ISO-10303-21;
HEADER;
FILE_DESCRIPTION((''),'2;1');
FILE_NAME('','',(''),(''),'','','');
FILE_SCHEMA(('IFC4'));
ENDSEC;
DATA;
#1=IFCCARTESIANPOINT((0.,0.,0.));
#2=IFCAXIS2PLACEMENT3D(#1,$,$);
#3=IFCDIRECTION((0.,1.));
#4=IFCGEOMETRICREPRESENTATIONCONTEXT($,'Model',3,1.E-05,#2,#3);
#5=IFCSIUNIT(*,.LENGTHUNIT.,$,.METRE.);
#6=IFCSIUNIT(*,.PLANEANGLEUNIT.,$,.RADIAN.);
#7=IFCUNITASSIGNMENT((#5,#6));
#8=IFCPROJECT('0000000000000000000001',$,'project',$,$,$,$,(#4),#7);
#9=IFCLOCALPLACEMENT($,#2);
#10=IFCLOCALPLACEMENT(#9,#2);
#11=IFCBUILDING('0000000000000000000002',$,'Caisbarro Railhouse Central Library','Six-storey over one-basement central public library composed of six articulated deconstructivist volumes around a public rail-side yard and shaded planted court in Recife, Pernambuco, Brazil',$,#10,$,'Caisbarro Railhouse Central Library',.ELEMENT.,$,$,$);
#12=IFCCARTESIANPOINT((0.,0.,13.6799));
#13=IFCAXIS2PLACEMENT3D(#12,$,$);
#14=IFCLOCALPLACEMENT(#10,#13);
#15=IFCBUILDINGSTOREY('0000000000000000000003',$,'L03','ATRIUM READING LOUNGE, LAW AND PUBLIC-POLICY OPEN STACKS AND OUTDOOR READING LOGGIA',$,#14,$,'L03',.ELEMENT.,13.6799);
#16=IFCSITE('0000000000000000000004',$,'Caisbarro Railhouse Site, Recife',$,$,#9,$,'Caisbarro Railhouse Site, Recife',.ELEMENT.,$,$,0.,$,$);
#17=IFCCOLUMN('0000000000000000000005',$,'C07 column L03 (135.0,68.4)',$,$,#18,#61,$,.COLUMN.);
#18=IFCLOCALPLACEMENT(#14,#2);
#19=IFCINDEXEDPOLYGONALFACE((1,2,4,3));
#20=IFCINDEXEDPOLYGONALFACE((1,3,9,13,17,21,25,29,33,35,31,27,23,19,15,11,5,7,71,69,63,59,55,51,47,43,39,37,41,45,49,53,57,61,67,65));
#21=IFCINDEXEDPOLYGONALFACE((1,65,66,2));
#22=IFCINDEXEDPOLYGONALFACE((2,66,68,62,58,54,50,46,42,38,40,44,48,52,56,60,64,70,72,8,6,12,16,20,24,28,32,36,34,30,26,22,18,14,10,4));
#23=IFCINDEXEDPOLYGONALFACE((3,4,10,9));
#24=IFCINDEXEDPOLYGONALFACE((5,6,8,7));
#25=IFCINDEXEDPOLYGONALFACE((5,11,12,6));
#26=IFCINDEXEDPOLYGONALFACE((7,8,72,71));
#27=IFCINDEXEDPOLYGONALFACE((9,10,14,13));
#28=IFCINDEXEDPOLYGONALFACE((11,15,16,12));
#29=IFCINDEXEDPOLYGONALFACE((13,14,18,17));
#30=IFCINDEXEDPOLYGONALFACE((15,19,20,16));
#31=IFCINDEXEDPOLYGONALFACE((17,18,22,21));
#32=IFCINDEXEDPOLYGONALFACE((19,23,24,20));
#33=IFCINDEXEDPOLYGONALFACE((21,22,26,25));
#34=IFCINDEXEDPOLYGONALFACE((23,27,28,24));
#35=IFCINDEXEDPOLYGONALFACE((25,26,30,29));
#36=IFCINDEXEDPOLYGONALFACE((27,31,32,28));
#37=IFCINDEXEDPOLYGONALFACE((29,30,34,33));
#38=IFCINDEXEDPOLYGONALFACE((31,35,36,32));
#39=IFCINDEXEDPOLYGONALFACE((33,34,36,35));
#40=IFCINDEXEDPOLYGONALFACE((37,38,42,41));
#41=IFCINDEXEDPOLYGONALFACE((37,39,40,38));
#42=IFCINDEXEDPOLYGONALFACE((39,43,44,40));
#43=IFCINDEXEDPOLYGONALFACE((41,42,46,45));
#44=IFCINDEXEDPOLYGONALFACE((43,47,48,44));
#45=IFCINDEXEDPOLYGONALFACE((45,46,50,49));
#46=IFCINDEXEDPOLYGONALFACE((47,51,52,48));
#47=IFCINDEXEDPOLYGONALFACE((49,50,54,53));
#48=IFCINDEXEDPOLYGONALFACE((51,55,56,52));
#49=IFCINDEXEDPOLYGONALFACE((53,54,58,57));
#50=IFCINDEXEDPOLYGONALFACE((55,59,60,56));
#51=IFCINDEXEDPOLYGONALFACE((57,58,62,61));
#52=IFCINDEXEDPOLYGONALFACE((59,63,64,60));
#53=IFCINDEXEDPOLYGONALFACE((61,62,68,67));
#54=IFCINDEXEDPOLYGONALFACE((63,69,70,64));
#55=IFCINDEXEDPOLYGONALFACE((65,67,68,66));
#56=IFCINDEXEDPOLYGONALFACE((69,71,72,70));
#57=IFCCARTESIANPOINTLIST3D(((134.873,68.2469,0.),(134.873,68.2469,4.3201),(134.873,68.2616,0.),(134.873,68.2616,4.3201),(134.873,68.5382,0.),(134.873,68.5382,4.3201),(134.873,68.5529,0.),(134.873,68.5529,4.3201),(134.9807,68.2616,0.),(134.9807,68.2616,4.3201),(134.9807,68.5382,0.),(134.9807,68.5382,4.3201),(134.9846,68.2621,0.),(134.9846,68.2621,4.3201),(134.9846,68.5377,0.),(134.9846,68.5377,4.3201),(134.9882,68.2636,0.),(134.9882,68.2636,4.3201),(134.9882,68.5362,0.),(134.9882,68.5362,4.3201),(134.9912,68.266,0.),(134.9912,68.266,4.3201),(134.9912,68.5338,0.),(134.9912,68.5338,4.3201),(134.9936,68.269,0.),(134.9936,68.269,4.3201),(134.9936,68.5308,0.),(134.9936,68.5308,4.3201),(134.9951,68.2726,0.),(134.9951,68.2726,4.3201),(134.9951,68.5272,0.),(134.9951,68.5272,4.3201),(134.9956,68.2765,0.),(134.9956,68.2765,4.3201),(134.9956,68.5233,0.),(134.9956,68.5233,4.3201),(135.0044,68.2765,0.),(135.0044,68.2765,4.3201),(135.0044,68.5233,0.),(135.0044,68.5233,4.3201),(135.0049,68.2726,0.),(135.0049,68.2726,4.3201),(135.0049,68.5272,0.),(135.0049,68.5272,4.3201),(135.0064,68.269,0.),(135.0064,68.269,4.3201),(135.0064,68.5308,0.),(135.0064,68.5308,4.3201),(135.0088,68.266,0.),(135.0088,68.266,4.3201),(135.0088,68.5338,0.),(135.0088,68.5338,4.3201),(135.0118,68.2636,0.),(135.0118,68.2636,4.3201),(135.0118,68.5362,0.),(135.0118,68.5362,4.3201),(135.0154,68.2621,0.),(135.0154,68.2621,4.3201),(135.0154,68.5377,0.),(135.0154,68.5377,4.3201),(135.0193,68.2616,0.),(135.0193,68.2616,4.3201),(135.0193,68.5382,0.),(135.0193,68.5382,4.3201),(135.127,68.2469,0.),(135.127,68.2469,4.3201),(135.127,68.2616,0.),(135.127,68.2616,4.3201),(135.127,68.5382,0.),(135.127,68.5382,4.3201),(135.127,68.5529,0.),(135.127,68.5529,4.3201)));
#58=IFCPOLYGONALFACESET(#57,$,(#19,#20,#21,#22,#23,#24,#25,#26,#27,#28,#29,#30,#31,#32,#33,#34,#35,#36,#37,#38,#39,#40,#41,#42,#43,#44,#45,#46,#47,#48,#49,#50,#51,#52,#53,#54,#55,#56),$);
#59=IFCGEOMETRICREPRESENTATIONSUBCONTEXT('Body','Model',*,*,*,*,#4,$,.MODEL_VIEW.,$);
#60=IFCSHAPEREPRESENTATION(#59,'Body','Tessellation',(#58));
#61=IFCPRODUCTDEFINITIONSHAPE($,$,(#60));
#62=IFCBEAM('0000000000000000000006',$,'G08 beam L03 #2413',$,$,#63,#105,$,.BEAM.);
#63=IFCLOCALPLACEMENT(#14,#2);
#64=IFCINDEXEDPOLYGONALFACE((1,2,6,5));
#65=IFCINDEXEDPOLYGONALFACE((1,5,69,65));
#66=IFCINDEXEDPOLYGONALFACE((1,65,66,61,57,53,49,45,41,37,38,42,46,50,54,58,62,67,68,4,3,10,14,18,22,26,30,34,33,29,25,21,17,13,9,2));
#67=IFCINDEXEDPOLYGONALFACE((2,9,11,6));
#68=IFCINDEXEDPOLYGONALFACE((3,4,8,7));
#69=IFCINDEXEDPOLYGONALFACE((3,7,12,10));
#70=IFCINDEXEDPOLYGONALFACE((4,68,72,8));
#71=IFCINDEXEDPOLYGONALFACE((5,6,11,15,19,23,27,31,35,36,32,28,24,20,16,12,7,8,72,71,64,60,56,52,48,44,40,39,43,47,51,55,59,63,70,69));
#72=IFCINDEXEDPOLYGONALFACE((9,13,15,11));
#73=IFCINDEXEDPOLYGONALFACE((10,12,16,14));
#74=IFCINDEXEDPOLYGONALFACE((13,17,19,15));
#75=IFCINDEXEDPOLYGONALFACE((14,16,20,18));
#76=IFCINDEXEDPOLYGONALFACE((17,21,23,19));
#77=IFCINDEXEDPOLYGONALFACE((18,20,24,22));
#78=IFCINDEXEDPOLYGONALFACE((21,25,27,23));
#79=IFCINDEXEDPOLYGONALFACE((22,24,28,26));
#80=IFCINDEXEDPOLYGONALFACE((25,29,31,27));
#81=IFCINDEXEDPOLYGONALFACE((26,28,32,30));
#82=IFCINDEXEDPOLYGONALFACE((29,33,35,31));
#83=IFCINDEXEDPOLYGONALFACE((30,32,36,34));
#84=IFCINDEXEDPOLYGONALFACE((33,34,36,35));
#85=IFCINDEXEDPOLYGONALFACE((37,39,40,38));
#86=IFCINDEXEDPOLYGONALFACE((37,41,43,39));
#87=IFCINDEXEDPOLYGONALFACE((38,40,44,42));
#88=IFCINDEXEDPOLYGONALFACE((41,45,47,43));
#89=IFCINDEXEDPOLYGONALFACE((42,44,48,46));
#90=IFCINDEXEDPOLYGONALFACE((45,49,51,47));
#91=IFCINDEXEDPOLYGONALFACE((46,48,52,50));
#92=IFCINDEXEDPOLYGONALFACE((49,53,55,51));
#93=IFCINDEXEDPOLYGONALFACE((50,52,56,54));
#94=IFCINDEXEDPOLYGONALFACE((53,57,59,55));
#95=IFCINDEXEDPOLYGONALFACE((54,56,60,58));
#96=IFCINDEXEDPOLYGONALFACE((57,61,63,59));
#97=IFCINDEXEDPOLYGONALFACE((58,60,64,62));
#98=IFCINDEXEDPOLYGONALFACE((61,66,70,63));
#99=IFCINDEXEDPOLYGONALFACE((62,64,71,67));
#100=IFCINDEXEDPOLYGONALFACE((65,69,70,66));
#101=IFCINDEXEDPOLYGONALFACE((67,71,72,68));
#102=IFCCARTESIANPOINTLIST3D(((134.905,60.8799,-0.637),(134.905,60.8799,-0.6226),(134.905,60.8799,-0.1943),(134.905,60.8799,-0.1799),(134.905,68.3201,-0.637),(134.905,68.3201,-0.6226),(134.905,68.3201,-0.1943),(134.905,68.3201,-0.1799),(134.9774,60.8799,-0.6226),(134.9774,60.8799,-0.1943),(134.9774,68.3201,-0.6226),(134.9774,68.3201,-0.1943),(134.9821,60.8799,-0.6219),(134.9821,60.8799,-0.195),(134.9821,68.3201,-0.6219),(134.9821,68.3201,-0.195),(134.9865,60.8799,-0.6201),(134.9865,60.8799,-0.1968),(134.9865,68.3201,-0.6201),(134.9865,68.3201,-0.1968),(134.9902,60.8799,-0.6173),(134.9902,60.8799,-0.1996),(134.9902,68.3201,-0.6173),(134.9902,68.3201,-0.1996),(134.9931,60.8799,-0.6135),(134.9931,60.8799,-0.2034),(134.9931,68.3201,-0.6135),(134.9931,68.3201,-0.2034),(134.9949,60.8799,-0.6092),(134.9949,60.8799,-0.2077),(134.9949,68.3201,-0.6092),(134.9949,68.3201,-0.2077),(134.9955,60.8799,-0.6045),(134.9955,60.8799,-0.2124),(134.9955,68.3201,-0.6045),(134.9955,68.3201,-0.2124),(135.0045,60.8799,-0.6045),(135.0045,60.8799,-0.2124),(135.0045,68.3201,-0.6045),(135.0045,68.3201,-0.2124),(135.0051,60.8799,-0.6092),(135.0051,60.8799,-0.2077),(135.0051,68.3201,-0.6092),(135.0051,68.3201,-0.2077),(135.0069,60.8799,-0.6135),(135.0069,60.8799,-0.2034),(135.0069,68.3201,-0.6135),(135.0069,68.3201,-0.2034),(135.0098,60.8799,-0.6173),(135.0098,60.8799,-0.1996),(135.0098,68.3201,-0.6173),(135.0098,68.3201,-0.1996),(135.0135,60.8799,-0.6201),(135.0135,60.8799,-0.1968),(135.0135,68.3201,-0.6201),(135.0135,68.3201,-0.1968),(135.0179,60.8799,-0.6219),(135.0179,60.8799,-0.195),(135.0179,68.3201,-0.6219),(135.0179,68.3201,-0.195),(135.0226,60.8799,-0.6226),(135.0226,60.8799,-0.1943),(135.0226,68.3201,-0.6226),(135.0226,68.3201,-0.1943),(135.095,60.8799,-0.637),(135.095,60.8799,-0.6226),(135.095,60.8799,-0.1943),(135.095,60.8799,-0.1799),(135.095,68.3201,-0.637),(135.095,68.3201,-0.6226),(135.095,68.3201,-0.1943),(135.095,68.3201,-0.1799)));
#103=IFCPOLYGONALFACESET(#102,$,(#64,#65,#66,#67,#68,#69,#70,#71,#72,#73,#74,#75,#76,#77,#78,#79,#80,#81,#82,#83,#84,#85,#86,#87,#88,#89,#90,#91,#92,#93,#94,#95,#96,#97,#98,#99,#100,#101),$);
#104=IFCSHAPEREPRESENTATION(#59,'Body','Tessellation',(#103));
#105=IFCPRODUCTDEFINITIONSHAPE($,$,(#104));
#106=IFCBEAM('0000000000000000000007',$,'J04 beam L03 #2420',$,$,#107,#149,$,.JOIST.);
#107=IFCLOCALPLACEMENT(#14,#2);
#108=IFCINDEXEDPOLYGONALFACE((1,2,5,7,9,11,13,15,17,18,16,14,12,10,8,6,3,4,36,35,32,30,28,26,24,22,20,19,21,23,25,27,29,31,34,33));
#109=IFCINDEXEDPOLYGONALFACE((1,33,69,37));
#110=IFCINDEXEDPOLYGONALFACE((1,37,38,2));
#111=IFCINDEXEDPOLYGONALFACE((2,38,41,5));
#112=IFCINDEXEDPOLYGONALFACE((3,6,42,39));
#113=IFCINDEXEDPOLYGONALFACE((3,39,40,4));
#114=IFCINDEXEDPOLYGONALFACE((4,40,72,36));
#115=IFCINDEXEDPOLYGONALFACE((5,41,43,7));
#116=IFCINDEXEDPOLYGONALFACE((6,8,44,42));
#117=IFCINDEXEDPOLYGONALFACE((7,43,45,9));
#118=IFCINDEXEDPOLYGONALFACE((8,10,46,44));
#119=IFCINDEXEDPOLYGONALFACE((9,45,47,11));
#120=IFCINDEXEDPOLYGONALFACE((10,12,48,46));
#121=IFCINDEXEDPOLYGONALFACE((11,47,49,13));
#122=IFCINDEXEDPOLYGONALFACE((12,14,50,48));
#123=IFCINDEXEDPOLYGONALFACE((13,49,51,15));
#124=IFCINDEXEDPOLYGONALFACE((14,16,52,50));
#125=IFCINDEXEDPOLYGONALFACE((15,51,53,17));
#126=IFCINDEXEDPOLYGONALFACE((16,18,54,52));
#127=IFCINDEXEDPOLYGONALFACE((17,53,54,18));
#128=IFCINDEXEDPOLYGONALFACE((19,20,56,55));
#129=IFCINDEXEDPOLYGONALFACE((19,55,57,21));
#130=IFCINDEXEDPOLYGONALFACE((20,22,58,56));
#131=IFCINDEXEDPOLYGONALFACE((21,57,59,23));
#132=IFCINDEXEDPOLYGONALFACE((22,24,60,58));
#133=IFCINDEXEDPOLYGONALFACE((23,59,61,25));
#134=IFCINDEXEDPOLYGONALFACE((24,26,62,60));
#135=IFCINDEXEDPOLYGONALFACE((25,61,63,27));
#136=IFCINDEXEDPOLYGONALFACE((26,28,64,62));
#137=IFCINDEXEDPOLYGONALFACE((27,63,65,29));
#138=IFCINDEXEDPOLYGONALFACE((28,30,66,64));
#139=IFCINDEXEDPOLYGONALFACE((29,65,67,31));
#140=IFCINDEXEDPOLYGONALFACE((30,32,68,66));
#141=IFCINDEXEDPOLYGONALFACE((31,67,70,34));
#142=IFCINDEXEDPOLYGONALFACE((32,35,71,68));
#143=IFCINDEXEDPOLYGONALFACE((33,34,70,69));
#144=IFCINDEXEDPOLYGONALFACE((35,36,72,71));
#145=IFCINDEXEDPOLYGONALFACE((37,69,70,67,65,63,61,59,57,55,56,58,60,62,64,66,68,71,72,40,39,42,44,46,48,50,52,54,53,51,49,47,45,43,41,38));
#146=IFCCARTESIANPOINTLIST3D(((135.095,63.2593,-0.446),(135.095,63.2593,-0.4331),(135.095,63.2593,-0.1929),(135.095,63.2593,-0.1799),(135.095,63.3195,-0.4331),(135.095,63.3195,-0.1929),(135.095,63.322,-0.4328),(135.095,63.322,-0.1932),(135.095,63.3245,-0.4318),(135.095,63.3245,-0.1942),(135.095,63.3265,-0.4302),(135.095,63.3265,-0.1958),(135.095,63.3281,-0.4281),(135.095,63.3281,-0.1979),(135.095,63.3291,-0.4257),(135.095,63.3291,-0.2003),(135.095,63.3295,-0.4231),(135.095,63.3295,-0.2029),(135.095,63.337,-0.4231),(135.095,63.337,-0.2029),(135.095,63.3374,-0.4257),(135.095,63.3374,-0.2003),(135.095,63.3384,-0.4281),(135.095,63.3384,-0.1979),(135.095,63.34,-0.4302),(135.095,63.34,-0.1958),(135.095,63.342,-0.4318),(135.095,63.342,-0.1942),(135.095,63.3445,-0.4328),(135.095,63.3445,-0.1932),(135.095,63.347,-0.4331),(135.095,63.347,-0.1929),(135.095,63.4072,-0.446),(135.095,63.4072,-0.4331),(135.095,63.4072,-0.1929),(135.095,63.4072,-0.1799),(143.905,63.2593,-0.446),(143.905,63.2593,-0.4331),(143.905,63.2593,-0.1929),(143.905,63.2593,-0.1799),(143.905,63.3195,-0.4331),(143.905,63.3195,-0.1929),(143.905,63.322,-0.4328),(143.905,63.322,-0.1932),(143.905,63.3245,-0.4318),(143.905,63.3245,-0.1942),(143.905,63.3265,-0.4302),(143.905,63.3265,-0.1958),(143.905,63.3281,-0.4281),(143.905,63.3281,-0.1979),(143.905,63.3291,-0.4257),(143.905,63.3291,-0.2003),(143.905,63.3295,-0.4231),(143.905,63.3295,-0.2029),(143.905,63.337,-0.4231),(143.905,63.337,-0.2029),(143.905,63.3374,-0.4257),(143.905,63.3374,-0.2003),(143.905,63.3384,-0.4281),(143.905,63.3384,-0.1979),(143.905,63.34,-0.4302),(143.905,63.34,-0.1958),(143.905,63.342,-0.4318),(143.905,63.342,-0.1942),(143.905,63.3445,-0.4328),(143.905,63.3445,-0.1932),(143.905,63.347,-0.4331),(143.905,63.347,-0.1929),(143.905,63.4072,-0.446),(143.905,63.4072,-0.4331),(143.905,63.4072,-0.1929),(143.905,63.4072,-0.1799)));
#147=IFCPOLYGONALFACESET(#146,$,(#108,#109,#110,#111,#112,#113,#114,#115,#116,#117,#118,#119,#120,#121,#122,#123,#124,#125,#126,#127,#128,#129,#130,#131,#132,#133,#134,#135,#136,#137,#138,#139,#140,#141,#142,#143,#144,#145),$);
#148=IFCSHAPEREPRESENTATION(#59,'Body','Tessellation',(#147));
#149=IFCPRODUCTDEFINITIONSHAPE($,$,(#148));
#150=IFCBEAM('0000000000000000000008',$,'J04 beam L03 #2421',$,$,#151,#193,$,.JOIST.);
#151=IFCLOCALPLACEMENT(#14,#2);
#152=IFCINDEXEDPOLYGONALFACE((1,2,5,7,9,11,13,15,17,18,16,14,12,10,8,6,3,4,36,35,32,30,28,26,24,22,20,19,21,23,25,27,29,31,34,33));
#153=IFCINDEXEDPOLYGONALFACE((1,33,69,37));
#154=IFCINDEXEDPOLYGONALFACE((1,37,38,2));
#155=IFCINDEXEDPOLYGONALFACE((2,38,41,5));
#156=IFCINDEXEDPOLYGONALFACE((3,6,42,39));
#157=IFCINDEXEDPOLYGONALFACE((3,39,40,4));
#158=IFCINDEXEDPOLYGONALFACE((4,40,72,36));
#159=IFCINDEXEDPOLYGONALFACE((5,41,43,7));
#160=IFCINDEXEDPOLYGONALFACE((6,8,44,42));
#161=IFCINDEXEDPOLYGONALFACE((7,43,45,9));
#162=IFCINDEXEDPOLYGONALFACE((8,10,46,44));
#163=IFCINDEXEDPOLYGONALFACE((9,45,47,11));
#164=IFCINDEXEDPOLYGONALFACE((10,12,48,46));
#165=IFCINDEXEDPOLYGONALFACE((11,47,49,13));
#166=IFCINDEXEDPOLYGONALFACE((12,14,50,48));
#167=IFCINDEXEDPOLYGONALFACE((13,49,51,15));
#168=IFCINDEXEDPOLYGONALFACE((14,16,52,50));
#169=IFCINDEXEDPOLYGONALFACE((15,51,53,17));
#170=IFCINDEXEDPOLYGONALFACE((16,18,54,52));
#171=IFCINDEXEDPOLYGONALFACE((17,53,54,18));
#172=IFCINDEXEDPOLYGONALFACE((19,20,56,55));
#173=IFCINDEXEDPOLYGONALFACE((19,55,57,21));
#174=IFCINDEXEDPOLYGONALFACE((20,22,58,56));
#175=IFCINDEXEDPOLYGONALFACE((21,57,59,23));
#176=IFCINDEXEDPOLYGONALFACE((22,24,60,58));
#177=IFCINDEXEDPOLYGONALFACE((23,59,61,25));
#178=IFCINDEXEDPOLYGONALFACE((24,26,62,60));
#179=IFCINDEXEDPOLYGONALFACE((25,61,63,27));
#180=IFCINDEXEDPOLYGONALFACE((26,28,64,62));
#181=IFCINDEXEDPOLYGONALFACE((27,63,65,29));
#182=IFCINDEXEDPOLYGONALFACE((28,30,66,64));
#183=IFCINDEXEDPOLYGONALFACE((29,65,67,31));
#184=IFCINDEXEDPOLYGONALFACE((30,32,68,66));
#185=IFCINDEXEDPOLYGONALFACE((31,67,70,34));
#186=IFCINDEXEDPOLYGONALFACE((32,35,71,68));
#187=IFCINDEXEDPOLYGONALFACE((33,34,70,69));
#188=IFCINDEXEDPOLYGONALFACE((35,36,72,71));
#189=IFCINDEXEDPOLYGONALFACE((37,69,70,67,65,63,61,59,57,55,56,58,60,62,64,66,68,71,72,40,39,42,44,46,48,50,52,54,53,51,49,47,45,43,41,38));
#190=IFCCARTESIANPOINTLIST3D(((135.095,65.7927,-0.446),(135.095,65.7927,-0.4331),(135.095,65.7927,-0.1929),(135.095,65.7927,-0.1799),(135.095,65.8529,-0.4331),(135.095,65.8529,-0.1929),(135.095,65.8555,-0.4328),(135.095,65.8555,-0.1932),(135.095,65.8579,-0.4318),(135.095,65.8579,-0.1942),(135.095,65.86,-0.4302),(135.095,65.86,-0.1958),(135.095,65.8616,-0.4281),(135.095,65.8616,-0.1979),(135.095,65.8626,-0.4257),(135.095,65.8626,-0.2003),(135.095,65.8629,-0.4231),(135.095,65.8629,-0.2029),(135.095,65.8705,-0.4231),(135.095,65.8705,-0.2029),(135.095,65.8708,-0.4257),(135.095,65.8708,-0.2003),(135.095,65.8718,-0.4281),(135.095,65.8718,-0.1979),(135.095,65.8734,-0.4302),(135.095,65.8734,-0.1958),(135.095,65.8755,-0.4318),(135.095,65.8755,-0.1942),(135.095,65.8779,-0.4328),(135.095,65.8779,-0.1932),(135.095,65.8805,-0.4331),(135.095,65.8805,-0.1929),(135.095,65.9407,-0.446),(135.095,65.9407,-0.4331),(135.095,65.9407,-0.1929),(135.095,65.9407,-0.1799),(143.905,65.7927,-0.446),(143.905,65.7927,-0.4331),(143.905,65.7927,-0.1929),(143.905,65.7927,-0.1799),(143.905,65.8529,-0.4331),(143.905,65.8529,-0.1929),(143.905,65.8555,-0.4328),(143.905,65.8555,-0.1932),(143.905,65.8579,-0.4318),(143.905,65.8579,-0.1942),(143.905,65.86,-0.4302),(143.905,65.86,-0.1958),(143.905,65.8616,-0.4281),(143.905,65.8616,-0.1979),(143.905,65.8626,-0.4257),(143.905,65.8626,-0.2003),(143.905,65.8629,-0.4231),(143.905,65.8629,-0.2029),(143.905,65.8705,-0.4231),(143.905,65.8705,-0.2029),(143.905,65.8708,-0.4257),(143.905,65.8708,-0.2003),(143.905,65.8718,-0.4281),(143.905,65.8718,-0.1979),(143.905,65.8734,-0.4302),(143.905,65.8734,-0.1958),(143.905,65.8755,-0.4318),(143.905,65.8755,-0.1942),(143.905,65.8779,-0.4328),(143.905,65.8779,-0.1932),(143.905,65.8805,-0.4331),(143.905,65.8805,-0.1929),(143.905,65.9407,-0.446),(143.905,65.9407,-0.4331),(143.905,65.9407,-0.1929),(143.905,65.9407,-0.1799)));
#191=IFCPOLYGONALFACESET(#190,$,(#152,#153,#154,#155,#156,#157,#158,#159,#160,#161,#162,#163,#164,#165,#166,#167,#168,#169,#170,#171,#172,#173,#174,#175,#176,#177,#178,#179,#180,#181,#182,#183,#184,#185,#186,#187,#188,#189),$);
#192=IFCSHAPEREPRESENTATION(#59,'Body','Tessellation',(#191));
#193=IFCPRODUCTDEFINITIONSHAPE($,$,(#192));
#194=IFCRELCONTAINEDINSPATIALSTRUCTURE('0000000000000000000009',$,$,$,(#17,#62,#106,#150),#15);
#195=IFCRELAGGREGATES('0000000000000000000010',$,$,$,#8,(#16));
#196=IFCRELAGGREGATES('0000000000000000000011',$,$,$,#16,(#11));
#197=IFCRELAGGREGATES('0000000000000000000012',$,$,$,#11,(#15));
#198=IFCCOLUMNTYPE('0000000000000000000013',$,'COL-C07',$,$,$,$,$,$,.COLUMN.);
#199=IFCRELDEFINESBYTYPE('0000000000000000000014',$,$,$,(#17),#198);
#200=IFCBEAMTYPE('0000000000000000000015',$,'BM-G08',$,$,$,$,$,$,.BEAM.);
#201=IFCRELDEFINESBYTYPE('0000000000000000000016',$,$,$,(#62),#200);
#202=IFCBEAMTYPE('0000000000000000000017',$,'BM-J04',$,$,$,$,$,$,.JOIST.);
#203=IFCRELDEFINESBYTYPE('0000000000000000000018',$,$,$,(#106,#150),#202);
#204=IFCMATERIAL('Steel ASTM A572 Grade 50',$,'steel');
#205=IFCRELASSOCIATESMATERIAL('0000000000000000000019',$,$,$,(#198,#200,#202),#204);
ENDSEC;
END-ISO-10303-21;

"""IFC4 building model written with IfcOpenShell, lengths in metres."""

from ifc_helpers import new_model, si_unit, direction, frame, origin, origin_2d, place, context, subcontext, project, spatial, i_section, extrude, material, material_profile, profile_set, type_object, element, save


model = new_model("IFC4")

# Units and contexts
model_context = context("Model", 3, precision=1e-05, world=origin(), true_north=direction((0.0, 1.0)))
body_context = subcontext(model_context, "Body", "Model", "MODEL_VIEW")
ifc_project = project(units=[si_unit("LENGTHUNIT", "METRE"), si_unit("PLANEANGLEUNIT", "RADIAN")], contexts=[model_context])

# Site, building, storey
site_placement = place(None, origin())
site = spatial("IfcSite", under=ifc_project, at=site_placement, Name="Caisbarro Railhouse Site, Recife", LongName="Caisbarro Railhouse Site, Recife", CompositionType="ELEMENT", RefElevation=0.0)
building_placement = place(site_placement, origin())
building = spatial("IfcBuilding", under=site, at=building_placement, Name="Caisbarro Railhouse Central Library", Description="Six-storey over one-basement central public library composed of six articulated deconstructivist volumes around a public rail-side yard and shaded planted court in Recife, Pernambuco, Brazil", LongName="Caisbarro Railhouse Central Library", CompositionType="ELEMENT")
storey_placement = place(building_placement, frame((0.0, 0.0, 13.6799)))
storey = spatial("IfcBuildingStorey", under=building, at=storey_placement, Name="L03", Description="ATRIUM READING LOUNGE, LAW AND PUBLIC-POLICY OPEN STACKS AND OUTDOOR READING LOGGIA", LongName="L03", CompositionType="ELEMENT", Elevation=13.6799)

# Column
ifc_material_1 = material(Name="Steel ASTM A572 Grade 50", Category="steel")
ifc_material_profile_1 = material_profile(ifc_material_1, i_section(OverallWidth=0.2539, OverallDepth=0.3059, WebThickness=0.0088, FlangeThickness=0.0146, FilletRadius=0.0149, at=origin_2d()), Name="W310X79.0")
ifc_profile_set_1 = profile_set([ifc_material_profile_1], Name="Steel ASTM A572 Grade 50")
column_type = type_object("IfcColumnType", Name="COL-C07", PredefinedType="COLUMN", material=ifc_profile_set_1)
column_placement = place(storey_placement, frame((135.0, 68.3999, 0.0), z_axis=(0.0, 0.0, 1.0), x_axis=(1.0, 0.0, 0.0)))
element("IfcColumn", 1, at=column_placement, inside=storey, type_object=column_type, Name="C07 column L03 (135.0,68.4)", PredefinedType="COLUMN", context=body_context, shape_type="SweptSolid", body=[
    extrude(i_section(OverallWidth=0.2539, OverallDepth=0.3059, WebThickness=0.0088, FlangeThickness=0.0146, FilletRadius=0.0149, at=origin_2d()), origin(), (0.0, 0.0, 1.0), 4.3201),
])

# Beams
ifc_material_profile_2 = material_profile(ifc_material_1, i_section(OverallWidth=0.1899, OverallDepth=0.457, WebThickness=0.009, FlangeThickness=0.0144, FilletRadius=0.0181, at=origin_2d()), Name="W460X74.0")
ifc_profile_set_2 = profile_set([ifc_material_profile_2], Name="Steel ASTM A572 Grade 50")
beam_type_1 = type_object("IfcBeamType", Name="BM-G08", PredefinedType="BEAM", material=ifc_profile_set_2)
beam_placement = place(storey_placement, frame((135.0, 60.8799, -0.4084), z_axis=(0.0, 1.0, 0.0), x_axis=(-1.0, 0.0, 0.0)))
element("IfcBeam", 2, at=beam_placement, inside=storey, type_object=beam_type_1, Name="G08 beam L03 #2413", PredefinedType="BEAM", context=body_context, shape_type="SweptSolid", body=[
    extrude(i_section(OverallWidth=0.1899, OverallDepth=0.457, WebThickness=0.009, FlangeThickness=0.0144, FilletRadius=0.0181, at=origin_2d()), origin(), (0.0, 0.0, 1.0), 7.4402),
])
ifc_material_profile_3 = material_profile(ifc_material_1, i_section(OverallWidth=0.1479, OverallDepth=0.2661, WebThickness=0.0076, FlangeThickness=0.0129, FilletRadius=0.01, at=origin_2d()), Name="W250X44.8")
ifc_profile_set_3 = profile_set([ifc_material_profile_3], Name="Steel ASTM A572 Grade 50")
beam_type_2 = type_object("IfcBeamType", Name="BM-J04", PredefinedType="JOIST", material=ifc_profile_set_3)
for number, where, z_axis, x_axis, name in (
    (3, (135.095, 63.3333, -0.313), (1.0, 0.0, 0.0), (0.0, 1.0, 0.0), "J04 beam L03 #2420"),
    (4, (135.095, 65.8667, -0.313), (1.0, 0.0, 0.0), (0.0, 1.0, 0.0), "J04 beam L03 #2421"),
):
    element("IfcBeam", number, at=place(storey_placement, frame(where, z_axis=z_axis, x_axis=x_axis)), inside=storey, type_object=beam_type_2, Name=name, PredefinedType="JOIST", context=body_context, shape_type="SweptSolid", body=[
        extrude(i_section(OverallWidth=0.1479, OverallDepth=0.2661, WebThickness=0.0076, FlangeThickness=0.0129, FilletRadius=0.01, at=origin_2d()), origin(), (0.0, 0.0, 1.0), 8.8101),
    ])

save(model, "model.ifc")
